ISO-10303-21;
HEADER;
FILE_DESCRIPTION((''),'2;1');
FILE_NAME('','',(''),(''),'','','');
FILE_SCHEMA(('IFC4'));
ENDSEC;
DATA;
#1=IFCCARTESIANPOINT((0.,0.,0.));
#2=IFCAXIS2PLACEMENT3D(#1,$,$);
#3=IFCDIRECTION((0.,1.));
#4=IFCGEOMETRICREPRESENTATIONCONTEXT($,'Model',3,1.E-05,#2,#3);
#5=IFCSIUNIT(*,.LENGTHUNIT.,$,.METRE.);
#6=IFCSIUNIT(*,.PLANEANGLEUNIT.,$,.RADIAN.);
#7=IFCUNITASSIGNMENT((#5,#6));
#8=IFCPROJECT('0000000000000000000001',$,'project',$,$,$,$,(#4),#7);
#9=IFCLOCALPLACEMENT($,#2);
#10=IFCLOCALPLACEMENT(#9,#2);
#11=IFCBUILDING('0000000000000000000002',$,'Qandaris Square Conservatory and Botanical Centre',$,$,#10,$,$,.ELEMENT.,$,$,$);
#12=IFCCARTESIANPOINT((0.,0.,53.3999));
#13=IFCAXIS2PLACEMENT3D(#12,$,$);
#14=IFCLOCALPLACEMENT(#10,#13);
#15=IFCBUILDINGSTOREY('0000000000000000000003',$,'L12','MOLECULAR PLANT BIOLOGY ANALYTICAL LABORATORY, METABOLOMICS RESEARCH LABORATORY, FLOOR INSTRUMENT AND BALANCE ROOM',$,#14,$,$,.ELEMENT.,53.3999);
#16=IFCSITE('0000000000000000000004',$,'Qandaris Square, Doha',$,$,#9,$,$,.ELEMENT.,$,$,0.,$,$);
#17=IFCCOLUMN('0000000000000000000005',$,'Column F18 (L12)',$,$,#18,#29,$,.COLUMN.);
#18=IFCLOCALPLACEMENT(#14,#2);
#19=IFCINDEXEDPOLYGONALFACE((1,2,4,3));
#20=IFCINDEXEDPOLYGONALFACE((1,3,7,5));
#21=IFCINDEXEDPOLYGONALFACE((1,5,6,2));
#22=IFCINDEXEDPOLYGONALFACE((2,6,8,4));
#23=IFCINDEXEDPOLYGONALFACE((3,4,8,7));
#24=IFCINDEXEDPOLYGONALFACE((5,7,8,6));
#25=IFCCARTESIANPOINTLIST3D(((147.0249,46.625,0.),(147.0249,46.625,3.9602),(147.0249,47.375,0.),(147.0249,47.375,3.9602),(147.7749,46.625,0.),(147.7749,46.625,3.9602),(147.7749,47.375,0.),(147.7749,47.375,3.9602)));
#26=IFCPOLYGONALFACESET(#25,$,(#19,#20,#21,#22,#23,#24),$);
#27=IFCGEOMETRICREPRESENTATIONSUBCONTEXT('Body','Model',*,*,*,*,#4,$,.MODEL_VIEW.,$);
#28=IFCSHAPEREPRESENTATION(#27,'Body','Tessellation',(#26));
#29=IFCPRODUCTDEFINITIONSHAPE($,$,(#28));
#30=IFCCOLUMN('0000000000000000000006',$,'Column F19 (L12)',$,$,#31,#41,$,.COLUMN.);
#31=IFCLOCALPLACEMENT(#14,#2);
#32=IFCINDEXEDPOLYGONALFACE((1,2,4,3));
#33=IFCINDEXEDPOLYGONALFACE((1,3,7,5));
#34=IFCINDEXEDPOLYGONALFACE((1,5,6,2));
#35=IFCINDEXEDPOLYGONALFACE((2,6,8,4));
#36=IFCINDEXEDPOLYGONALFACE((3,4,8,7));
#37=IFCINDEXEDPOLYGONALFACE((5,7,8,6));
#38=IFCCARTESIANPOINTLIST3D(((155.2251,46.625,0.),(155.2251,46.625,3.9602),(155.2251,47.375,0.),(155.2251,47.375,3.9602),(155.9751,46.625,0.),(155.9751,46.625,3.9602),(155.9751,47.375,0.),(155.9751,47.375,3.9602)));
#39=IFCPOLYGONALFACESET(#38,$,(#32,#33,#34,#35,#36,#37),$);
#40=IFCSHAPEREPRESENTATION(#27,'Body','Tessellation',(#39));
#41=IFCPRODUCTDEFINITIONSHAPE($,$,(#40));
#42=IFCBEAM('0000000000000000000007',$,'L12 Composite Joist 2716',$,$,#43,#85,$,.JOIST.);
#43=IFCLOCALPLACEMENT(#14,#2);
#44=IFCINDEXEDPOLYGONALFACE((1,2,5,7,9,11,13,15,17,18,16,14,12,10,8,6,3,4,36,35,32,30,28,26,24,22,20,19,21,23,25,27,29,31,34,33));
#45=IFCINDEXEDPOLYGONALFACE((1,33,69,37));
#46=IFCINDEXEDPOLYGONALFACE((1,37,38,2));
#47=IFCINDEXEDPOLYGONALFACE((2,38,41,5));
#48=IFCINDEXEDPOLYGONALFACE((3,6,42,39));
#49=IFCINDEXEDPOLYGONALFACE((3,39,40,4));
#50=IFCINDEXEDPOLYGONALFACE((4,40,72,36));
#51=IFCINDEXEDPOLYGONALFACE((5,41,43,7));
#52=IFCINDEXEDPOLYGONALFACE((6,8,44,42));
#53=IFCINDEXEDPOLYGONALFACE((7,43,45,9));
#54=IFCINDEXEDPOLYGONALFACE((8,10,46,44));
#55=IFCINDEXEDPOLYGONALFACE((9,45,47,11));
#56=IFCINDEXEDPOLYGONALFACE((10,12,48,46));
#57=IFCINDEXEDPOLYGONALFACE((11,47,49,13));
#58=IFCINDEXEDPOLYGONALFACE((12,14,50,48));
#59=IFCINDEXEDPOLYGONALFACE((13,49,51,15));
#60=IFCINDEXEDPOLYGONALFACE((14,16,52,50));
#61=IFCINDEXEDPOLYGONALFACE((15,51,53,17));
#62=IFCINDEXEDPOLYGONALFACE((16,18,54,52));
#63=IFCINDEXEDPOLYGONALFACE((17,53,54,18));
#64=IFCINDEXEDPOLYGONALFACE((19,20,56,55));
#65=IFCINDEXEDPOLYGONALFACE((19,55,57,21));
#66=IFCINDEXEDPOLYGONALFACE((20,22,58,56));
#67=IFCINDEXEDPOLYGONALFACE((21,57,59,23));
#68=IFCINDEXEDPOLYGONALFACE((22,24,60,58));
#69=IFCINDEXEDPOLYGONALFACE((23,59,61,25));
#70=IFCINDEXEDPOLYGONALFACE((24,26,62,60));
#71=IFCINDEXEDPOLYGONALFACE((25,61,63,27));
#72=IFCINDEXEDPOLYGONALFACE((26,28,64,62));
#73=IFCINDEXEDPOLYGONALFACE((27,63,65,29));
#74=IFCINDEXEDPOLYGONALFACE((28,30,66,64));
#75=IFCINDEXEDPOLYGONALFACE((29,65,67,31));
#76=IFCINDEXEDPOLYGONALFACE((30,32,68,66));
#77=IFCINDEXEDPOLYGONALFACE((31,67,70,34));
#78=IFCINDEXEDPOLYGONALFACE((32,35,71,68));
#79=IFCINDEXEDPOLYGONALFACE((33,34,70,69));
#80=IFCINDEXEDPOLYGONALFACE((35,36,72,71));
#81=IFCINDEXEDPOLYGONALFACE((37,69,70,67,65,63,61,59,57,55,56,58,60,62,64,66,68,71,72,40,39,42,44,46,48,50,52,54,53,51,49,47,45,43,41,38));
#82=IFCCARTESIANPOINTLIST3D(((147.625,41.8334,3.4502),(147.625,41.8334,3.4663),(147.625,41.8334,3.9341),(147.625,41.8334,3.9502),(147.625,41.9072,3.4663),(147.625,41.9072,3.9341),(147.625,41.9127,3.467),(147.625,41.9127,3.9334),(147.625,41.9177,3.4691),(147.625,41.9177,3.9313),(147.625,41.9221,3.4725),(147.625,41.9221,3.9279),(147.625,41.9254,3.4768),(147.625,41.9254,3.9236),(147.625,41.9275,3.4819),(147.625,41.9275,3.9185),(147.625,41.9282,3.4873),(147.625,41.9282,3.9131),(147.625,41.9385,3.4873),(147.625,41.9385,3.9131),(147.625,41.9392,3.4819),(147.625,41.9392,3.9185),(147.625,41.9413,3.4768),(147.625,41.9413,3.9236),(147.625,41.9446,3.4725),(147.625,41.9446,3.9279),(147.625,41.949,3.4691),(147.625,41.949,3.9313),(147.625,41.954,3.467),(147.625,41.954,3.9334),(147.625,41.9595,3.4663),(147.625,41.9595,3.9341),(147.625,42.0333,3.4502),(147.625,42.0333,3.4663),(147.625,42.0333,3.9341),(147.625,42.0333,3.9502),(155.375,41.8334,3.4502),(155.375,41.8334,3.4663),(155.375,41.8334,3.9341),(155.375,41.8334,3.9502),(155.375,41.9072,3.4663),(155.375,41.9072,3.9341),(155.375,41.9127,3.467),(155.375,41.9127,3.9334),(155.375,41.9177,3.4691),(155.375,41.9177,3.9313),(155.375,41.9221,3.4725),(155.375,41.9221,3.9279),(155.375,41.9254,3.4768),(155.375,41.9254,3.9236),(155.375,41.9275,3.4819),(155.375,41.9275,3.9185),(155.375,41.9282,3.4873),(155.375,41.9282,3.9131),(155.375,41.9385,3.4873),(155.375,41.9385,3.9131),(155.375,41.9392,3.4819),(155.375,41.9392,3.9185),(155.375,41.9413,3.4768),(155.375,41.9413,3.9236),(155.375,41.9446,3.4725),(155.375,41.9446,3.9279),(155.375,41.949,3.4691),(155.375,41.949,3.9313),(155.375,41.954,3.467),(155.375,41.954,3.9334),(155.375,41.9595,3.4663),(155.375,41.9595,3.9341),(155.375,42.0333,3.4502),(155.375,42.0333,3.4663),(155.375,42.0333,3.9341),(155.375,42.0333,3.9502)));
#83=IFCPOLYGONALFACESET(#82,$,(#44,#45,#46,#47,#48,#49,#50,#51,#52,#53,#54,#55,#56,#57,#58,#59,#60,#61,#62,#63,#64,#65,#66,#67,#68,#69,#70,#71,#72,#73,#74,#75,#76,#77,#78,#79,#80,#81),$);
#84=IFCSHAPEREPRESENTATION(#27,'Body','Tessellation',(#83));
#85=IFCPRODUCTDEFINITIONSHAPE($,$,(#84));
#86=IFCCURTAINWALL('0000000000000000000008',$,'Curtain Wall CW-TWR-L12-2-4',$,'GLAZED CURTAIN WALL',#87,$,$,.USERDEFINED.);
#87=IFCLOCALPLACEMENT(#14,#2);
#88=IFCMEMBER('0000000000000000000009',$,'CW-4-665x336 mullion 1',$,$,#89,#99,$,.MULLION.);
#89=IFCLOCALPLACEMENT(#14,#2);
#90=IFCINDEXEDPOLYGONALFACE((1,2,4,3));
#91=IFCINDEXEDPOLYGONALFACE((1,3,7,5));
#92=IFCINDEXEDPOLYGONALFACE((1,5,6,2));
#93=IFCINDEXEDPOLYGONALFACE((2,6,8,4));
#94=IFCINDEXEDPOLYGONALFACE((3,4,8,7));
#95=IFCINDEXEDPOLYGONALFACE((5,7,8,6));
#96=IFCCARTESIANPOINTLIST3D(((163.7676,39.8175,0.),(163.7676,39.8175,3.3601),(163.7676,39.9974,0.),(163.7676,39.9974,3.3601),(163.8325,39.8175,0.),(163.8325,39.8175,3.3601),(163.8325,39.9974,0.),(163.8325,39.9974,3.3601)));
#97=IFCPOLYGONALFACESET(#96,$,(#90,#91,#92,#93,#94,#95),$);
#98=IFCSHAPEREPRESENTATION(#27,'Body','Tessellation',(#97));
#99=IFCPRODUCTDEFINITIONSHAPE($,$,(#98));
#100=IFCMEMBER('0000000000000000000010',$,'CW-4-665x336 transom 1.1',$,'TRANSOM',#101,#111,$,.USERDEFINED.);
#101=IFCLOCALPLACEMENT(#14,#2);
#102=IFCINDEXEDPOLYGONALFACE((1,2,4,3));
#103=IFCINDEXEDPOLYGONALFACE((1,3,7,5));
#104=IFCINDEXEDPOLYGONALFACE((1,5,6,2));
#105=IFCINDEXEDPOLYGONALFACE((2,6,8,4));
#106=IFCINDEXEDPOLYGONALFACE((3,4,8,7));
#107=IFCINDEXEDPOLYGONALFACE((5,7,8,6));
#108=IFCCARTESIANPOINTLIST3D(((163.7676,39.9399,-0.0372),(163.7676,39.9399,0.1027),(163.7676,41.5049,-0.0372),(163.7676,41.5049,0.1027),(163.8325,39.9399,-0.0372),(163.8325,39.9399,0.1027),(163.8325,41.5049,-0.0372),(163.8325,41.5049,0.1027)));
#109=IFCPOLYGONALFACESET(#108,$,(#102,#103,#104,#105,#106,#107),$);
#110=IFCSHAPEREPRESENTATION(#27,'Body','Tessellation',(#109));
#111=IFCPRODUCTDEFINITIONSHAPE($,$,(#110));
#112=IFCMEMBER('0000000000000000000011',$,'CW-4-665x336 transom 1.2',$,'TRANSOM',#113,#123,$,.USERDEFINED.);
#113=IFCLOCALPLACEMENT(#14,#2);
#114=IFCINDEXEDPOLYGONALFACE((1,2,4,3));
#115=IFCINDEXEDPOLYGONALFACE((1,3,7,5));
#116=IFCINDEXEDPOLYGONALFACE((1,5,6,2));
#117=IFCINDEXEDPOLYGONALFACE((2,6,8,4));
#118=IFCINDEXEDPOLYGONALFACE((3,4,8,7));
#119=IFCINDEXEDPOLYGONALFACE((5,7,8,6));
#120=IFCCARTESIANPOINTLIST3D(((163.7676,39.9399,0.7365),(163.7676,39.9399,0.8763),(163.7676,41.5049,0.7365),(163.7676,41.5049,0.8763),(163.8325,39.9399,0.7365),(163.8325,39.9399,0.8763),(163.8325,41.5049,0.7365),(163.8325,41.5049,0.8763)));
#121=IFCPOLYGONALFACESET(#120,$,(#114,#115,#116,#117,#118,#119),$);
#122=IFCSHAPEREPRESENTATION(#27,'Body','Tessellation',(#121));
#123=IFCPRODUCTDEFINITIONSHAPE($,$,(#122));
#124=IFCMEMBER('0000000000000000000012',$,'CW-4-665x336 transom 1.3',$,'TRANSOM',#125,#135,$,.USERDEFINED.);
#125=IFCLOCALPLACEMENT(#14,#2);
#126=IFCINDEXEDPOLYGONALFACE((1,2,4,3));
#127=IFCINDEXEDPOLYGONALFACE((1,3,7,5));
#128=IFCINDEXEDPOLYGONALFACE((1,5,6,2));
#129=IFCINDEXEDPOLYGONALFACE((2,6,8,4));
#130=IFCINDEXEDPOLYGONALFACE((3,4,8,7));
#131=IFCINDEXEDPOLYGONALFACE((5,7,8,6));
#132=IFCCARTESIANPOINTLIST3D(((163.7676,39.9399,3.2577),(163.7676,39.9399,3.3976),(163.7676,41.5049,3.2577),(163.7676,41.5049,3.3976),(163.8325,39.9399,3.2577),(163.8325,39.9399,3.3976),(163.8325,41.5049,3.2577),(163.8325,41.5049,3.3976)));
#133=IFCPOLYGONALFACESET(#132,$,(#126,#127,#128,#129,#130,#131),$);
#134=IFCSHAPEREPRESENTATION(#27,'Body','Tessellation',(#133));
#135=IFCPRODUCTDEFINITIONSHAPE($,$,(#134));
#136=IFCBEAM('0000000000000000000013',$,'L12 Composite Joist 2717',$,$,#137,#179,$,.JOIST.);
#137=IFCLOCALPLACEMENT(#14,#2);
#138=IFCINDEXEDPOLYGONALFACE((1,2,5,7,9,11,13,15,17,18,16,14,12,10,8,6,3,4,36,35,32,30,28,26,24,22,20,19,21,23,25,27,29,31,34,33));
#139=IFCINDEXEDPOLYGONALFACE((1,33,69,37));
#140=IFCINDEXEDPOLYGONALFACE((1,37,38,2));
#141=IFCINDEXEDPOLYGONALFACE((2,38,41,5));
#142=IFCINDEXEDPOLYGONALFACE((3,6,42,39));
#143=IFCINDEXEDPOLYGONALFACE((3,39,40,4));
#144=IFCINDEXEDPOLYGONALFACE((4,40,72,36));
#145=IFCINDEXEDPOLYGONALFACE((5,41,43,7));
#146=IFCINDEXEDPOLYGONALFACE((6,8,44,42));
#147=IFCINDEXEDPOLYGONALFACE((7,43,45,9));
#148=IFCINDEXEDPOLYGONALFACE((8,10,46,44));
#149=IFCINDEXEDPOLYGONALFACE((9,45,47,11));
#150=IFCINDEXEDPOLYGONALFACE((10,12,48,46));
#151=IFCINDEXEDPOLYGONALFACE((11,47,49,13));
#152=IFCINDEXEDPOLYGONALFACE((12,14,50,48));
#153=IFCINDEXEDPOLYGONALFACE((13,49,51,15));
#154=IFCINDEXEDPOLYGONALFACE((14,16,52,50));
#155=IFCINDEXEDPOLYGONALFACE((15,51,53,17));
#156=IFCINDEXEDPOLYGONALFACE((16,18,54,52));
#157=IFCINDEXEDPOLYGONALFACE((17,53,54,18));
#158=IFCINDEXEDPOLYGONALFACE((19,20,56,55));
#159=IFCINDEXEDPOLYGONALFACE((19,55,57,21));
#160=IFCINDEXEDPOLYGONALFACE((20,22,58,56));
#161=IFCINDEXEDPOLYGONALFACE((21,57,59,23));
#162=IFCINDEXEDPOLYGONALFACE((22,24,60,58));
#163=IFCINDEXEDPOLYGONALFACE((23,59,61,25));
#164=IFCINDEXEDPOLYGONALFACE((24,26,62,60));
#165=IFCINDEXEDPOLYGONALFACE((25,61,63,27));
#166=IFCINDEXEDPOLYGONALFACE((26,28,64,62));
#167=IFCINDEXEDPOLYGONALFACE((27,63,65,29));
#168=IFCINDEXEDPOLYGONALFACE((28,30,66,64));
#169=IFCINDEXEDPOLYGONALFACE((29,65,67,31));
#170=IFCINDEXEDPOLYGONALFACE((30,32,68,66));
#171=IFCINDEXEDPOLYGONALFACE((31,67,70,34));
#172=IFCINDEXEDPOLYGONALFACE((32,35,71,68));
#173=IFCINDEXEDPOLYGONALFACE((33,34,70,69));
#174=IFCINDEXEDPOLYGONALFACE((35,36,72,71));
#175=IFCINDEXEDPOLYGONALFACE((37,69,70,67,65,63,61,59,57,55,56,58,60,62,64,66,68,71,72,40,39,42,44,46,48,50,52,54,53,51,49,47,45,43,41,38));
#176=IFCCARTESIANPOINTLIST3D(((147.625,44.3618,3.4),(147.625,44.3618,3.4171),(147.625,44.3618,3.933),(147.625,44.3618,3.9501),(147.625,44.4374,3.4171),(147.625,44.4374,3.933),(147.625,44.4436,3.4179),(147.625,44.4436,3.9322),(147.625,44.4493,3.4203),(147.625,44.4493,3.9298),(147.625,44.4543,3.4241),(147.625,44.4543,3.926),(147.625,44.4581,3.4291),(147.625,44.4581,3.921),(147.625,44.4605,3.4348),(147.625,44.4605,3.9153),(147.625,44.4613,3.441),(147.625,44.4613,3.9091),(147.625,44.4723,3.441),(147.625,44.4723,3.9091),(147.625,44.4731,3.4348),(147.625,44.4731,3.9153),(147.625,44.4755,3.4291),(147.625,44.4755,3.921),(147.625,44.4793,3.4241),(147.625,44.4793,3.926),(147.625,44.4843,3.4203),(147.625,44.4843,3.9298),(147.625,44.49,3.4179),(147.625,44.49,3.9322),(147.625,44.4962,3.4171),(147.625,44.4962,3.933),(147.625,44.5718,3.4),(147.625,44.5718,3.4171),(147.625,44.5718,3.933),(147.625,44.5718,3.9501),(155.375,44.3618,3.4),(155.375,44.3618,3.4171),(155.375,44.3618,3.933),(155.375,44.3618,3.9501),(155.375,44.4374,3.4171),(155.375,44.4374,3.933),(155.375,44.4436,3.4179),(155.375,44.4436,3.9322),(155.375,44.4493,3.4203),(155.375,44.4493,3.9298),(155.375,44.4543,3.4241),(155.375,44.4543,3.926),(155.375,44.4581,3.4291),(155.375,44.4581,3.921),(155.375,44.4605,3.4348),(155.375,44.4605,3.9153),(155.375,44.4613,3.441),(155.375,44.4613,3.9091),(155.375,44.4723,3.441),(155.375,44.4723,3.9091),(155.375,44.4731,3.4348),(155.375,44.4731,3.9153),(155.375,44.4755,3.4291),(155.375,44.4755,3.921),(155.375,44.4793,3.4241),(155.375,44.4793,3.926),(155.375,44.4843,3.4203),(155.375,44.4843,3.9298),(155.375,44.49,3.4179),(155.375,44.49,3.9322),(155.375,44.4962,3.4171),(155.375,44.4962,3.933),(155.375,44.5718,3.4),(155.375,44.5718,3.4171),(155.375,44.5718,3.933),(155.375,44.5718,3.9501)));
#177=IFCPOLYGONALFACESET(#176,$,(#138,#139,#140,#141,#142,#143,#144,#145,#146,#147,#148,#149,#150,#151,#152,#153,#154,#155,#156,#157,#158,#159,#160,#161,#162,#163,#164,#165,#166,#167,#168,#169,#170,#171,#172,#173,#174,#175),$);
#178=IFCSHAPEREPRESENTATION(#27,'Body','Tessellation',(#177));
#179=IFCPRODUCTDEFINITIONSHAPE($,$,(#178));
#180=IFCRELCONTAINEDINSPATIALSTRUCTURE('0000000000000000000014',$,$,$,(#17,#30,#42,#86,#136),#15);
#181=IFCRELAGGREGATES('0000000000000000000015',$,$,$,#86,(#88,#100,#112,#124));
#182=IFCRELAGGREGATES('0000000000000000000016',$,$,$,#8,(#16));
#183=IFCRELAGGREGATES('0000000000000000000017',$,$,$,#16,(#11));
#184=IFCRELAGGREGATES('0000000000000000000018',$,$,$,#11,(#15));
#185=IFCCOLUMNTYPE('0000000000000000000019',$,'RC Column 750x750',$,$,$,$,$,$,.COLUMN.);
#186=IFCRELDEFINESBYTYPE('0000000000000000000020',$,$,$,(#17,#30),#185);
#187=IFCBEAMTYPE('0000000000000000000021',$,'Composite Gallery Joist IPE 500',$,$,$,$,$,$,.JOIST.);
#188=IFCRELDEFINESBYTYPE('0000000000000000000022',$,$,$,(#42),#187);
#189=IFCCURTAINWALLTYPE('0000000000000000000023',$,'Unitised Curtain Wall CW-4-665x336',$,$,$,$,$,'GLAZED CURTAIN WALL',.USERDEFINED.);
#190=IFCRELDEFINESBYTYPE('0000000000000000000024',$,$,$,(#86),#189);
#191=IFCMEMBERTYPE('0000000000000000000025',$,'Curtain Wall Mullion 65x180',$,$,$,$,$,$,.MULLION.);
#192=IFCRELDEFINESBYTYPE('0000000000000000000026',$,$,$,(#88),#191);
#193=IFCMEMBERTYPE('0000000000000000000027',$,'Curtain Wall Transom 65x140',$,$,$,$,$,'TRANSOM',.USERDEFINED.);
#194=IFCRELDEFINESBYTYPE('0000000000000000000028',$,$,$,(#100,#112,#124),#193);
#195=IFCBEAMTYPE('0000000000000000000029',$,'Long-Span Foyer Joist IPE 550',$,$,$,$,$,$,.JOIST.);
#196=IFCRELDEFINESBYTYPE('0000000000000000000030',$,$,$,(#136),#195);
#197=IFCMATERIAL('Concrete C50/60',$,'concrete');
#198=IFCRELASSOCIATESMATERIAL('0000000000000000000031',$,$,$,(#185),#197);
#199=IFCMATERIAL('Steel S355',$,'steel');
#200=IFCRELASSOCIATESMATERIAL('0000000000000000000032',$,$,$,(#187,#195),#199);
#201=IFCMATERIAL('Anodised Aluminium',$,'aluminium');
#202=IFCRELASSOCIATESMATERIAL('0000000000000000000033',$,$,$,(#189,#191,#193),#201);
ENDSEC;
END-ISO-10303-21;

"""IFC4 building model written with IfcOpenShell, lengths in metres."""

from ifc_helpers import new_model, si_unit, direction, frame, origin, origin_2d, place, context, subcontext, project, spatial, rectangle, i_section, extrude, material, material_profile, profile_set, type_object, element, aggregate, save


model = new_model("IFC4")

# Units and contexts
model_context = context("Model", 3, precision=1e-05, world=origin(), true_north=direction((0.0, 1.0)))
body_context = subcontext(model_context, "Body", "Model", "MODEL_VIEW")
ifc_project = project(units=[si_unit("LENGTHUNIT", "METRE"), si_unit("PLANEANGLEUNIT", "RADIAN")], contexts=[model_context])

# Site, building, storey
site_placement = place(None, origin())
site = spatial("IfcSite", under=ifc_project, at=site_placement, Name="Qandaris Square, Doha", CompositionType="ELEMENT", RefElevation=0.0)
building_placement = place(site_placement, origin())
building = spatial("IfcBuilding", under=site, at=building_placement, Name="Qandaris Square Conservatory and Botanical Centre", CompositionType="ELEMENT")
storey_placement = place(building_placement, frame((0.0, 0.0, 53.3999)))
storey = spatial("IfcBuildingStorey", under=building, at=storey_placement, Name="L12", Description="MOLECULAR PLANT BIOLOGY ANALYTICAL LABORATORY, METABOLOMICS RESEARCH LABORATORY, FLOOR INSTRUMENT AND BALANCE ROOM", CompositionType="ELEMENT", Elevation=53.3999)

# Columns
ifc_material_1 = material(Name="Concrete C50/60", Category="concrete")
ifc_material_profile_1 = material_profile(ifc_material_1, rectangle(XDim=0.75, YDim=0.75, at=origin_2d()), Name="RC-COL 750x750")
ifc_profile_set_1 = profile_set([ifc_material_profile_1], Name="Concrete C50/60")
column_type = type_object("IfcColumnType", Name="RC Column 750x750", PredefinedType="COLUMN", material=ifc_profile_set_1)
for number, where, z_axis, x_axis, name in (
    (1, (147.3999, 47.0, 0.0), (0.0, 0.0, 1.0), (1.0, 0.0, 0.0), "Column F18 (L12)"),
    (2, (155.6001, 47.0, 0.0), (0.0, 0.0, 1.0), (1.0, 0.0, 0.0), "Column F19 (L12)"),
):
    element("IfcColumn", number, at=place(storey_placement, frame(where, z_axis=z_axis, x_axis=x_axis)), inside=storey, type_object=column_type, Name=name, PredefinedType="COLUMN", context=body_context, shape_type="SweptSolid", body=[
        extrude(rectangle(XDim=0.75, YDim=0.75, at=origin_2d()), origin(), (0.0, 0.0, 1.0), 3.9602),
    ])

# Beam
ifc_material_2 = material(Name="Steel S355", Category="steel")
ifc_material_profile_2 = material_profile(ifc_material_2, i_section(OverallWidth=0.2, OverallDepth=0.5, WebThickness=0.0103, FlangeThickness=0.0161, FilletRadius=0.021, at=origin_2d()), Name="IPE 500")
ifc_profile_set_2 = profile_set([ifc_material_profile_2], Name="Steel S355")
beam_type_1 = type_object("IfcBeamType", Name="Composite Gallery Joist IPE 500", PredefinedType="JOIST", material=ifc_profile_set_2)
beam_1_placement = place(storey_placement, frame((147.625, 41.9333, 3.7002), z_axis=(1.0, 0.0, 0.0), x_axis=(0.0, 1.0, 0.0)))
element("IfcBeam", 3, at=beam_1_placement, inside=storey, type_object=beam_type_1, Name="L12 Composite Joist 2716", PredefinedType="JOIST", context=body_context, shape_type="SweptSolid", body=[
    extrude(i_section(OverallWidth=0.2, OverallDepth=0.5, WebThickness=0.0103, FlangeThickness=0.0161, FilletRadius=0.021, at=origin_2d()), origin(), (0.0, 0.0, 1.0), 7.75),
])

# Curtain wall, members
ifc_material_3 = material(Name="Anodised Aluminium", Category="aluminium")
curtain_wall_type = type_object("IfcCurtainWallType", Name="Unitised Curtain Wall CW-4-665x336", ElementType="GLAZED CURTAIN WALL", PredefinedType="USERDEFINED", material=ifc_material_3)
curtain_wall_placement = place(storey_placement, origin())
curtain_wall = element("IfcCurtainWall", 4, at=curtain_wall_placement, inside=storey, type_object=curtain_wall_type, Name="Curtain Wall CW-TWR-L12-2-4", ObjectType="GLAZED CURTAIN WALL", PredefinedType="USERDEFINED")
ifc_material_profile_3 = material_profile(ifc_material_3, rectangle(XDim=0.0649, YDim=0.1799, at=origin_2d()), Name="ALU-MUL 65x180")
ifc_profile_set_3 = profile_set([ifc_material_profile_3], Name="Anodised Aluminium")
member_type_1 = type_object("IfcMemberType", Name="Curtain Wall Mullion 65x180", PredefinedType="MULLION", material=ifc_profile_set_3)
member_1_placement = place(storey_placement, frame((163.8, 39.9075, 0.0), z_axis=(0.0, 0.0, 1.0), x_axis=(-1.0, 0.0, 0.0)))
member_1 = element("IfcMember", 5, at=member_1_placement, type_object=member_type_1, Name="CW-4-665x336 mullion 1", PredefinedType="MULLION", context=body_context, shape_type="SweptSolid", body=[
    extrude(rectangle(XDim=0.0649, YDim=0.1799, at=origin_2d()), origin(), (0.0, 0.0, 1.0), 3.3601),
])
ifc_material_profile_4 = material_profile(ifc_material_3, rectangle(XDim=0.0649, YDim=0.1399, at=origin_2d()), Name="ALU-TRN 65x140")
ifc_profile_set_4 = profile_set([ifc_material_profile_4], Name="Anodised Aluminium")
member_type_2 = type_object("IfcMemberType", Name="Curtain Wall Transom 65x140", ElementType="TRANSOM", PredefinedType="USERDEFINED", material=ifc_profile_set_4)
member_2_placement = place(storey_placement, frame((163.8, 39.9399, 0.0327), z_axis=(0.0, 1.0, 0.0), x_axis=(-1.0, 0.0, 0.0)))
member_2 = element("IfcMember", 6, at=member_2_placement, type_object=member_type_2, Name="CW-4-665x336 transom 1.1", ObjectType="TRANSOM", PredefinedType="USERDEFINED", context=body_context, shape_type="SweptSolid", body=[
    extrude(rectangle(XDim=0.0649, YDim=0.1399, at=origin_2d()), origin(), (0.0, 0.0, 1.0), 1.5649),
])
member_3_placement = place(storey_placement, frame((163.8, 39.9399, 0.8064), z_axis=(0.0, 1.0, 0.0), x_axis=(-1.0, 0.0, 0.0)))
member_3 = element("IfcMember", 7, at=member_3_placement, type_object=member_type_2, Name="CW-4-665x336 transom 1.2", ObjectType="TRANSOM", PredefinedType="USERDEFINED", context=body_context, shape_type="SweptSolid", body=[
    extrude(rectangle(XDim=0.0649, YDim=0.1399, at=origin_2d()), origin(), (0.0, 0.0, 1.0), 1.5649),
])
member_4_placement = place(storey_placement, frame((163.8, 39.9399, 3.3276), z_axis=(0.0, 1.0, 0.0), x_axis=(-1.0, 0.0, 0.0)))
member_4 = element("IfcMember", 8, at=member_4_placement, type_object=member_type_2, Name="CW-4-665x336 transom 1.3", ObjectType="TRANSOM", PredefinedType="USERDEFINED", context=body_context, shape_type="SweptSolid", body=[
    extrude(rectangle(XDim=0.0649, YDim=0.1399, at=origin_2d()), origin(), (0.0, 0.0, 1.0), 1.5649),
])

# Beam
ifc_material_profile_5 = material_profile(ifc_material_2, i_section(OverallWidth=0.21, OverallDepth=0.55, WebThickness=0.011, FlangeThickness=0.0171, FilletRadius=0.0239, at=origin_2d()), Name="IPE 550")
ifc_profile_set_5 = profile_set([ifc_material_profile_5], Name="Steel S355")
beam_type_2 = type_object("IfcBeamType", Name="Long-Span Foyer Joist IPE 550", PredefinedType="JOIST", material=ifc_profile_set_5)
beam_2_placement = place(storey_placement, frame((147.625, 44.4668, 3.675), z_axis=(1.0, 0.0, 0.0), x_axis=(0.0, 1.0, 0.0)))
element("IfcBeam", 9, at=beam_2_placement, inside=storey, type_object=beam_type_2, Name="L12 Composite Joist 2717", PredefinedType="JOIST", context=body_context, shape_type="SweptSolid", body=[
    extrude(i_section(OverallWidth=0.21, OverallDepth=0.55, WebThickness=0.011, FlangeThickness=0.0171, FilletRadius=0.0239, at=origin_2d()), origin(), (0.0, 0.0, 1.0), 7.75),
])

aggregate(curtain_wall, [member_1, member_2, member_3, member_4])

save(model, "model.ifc")
